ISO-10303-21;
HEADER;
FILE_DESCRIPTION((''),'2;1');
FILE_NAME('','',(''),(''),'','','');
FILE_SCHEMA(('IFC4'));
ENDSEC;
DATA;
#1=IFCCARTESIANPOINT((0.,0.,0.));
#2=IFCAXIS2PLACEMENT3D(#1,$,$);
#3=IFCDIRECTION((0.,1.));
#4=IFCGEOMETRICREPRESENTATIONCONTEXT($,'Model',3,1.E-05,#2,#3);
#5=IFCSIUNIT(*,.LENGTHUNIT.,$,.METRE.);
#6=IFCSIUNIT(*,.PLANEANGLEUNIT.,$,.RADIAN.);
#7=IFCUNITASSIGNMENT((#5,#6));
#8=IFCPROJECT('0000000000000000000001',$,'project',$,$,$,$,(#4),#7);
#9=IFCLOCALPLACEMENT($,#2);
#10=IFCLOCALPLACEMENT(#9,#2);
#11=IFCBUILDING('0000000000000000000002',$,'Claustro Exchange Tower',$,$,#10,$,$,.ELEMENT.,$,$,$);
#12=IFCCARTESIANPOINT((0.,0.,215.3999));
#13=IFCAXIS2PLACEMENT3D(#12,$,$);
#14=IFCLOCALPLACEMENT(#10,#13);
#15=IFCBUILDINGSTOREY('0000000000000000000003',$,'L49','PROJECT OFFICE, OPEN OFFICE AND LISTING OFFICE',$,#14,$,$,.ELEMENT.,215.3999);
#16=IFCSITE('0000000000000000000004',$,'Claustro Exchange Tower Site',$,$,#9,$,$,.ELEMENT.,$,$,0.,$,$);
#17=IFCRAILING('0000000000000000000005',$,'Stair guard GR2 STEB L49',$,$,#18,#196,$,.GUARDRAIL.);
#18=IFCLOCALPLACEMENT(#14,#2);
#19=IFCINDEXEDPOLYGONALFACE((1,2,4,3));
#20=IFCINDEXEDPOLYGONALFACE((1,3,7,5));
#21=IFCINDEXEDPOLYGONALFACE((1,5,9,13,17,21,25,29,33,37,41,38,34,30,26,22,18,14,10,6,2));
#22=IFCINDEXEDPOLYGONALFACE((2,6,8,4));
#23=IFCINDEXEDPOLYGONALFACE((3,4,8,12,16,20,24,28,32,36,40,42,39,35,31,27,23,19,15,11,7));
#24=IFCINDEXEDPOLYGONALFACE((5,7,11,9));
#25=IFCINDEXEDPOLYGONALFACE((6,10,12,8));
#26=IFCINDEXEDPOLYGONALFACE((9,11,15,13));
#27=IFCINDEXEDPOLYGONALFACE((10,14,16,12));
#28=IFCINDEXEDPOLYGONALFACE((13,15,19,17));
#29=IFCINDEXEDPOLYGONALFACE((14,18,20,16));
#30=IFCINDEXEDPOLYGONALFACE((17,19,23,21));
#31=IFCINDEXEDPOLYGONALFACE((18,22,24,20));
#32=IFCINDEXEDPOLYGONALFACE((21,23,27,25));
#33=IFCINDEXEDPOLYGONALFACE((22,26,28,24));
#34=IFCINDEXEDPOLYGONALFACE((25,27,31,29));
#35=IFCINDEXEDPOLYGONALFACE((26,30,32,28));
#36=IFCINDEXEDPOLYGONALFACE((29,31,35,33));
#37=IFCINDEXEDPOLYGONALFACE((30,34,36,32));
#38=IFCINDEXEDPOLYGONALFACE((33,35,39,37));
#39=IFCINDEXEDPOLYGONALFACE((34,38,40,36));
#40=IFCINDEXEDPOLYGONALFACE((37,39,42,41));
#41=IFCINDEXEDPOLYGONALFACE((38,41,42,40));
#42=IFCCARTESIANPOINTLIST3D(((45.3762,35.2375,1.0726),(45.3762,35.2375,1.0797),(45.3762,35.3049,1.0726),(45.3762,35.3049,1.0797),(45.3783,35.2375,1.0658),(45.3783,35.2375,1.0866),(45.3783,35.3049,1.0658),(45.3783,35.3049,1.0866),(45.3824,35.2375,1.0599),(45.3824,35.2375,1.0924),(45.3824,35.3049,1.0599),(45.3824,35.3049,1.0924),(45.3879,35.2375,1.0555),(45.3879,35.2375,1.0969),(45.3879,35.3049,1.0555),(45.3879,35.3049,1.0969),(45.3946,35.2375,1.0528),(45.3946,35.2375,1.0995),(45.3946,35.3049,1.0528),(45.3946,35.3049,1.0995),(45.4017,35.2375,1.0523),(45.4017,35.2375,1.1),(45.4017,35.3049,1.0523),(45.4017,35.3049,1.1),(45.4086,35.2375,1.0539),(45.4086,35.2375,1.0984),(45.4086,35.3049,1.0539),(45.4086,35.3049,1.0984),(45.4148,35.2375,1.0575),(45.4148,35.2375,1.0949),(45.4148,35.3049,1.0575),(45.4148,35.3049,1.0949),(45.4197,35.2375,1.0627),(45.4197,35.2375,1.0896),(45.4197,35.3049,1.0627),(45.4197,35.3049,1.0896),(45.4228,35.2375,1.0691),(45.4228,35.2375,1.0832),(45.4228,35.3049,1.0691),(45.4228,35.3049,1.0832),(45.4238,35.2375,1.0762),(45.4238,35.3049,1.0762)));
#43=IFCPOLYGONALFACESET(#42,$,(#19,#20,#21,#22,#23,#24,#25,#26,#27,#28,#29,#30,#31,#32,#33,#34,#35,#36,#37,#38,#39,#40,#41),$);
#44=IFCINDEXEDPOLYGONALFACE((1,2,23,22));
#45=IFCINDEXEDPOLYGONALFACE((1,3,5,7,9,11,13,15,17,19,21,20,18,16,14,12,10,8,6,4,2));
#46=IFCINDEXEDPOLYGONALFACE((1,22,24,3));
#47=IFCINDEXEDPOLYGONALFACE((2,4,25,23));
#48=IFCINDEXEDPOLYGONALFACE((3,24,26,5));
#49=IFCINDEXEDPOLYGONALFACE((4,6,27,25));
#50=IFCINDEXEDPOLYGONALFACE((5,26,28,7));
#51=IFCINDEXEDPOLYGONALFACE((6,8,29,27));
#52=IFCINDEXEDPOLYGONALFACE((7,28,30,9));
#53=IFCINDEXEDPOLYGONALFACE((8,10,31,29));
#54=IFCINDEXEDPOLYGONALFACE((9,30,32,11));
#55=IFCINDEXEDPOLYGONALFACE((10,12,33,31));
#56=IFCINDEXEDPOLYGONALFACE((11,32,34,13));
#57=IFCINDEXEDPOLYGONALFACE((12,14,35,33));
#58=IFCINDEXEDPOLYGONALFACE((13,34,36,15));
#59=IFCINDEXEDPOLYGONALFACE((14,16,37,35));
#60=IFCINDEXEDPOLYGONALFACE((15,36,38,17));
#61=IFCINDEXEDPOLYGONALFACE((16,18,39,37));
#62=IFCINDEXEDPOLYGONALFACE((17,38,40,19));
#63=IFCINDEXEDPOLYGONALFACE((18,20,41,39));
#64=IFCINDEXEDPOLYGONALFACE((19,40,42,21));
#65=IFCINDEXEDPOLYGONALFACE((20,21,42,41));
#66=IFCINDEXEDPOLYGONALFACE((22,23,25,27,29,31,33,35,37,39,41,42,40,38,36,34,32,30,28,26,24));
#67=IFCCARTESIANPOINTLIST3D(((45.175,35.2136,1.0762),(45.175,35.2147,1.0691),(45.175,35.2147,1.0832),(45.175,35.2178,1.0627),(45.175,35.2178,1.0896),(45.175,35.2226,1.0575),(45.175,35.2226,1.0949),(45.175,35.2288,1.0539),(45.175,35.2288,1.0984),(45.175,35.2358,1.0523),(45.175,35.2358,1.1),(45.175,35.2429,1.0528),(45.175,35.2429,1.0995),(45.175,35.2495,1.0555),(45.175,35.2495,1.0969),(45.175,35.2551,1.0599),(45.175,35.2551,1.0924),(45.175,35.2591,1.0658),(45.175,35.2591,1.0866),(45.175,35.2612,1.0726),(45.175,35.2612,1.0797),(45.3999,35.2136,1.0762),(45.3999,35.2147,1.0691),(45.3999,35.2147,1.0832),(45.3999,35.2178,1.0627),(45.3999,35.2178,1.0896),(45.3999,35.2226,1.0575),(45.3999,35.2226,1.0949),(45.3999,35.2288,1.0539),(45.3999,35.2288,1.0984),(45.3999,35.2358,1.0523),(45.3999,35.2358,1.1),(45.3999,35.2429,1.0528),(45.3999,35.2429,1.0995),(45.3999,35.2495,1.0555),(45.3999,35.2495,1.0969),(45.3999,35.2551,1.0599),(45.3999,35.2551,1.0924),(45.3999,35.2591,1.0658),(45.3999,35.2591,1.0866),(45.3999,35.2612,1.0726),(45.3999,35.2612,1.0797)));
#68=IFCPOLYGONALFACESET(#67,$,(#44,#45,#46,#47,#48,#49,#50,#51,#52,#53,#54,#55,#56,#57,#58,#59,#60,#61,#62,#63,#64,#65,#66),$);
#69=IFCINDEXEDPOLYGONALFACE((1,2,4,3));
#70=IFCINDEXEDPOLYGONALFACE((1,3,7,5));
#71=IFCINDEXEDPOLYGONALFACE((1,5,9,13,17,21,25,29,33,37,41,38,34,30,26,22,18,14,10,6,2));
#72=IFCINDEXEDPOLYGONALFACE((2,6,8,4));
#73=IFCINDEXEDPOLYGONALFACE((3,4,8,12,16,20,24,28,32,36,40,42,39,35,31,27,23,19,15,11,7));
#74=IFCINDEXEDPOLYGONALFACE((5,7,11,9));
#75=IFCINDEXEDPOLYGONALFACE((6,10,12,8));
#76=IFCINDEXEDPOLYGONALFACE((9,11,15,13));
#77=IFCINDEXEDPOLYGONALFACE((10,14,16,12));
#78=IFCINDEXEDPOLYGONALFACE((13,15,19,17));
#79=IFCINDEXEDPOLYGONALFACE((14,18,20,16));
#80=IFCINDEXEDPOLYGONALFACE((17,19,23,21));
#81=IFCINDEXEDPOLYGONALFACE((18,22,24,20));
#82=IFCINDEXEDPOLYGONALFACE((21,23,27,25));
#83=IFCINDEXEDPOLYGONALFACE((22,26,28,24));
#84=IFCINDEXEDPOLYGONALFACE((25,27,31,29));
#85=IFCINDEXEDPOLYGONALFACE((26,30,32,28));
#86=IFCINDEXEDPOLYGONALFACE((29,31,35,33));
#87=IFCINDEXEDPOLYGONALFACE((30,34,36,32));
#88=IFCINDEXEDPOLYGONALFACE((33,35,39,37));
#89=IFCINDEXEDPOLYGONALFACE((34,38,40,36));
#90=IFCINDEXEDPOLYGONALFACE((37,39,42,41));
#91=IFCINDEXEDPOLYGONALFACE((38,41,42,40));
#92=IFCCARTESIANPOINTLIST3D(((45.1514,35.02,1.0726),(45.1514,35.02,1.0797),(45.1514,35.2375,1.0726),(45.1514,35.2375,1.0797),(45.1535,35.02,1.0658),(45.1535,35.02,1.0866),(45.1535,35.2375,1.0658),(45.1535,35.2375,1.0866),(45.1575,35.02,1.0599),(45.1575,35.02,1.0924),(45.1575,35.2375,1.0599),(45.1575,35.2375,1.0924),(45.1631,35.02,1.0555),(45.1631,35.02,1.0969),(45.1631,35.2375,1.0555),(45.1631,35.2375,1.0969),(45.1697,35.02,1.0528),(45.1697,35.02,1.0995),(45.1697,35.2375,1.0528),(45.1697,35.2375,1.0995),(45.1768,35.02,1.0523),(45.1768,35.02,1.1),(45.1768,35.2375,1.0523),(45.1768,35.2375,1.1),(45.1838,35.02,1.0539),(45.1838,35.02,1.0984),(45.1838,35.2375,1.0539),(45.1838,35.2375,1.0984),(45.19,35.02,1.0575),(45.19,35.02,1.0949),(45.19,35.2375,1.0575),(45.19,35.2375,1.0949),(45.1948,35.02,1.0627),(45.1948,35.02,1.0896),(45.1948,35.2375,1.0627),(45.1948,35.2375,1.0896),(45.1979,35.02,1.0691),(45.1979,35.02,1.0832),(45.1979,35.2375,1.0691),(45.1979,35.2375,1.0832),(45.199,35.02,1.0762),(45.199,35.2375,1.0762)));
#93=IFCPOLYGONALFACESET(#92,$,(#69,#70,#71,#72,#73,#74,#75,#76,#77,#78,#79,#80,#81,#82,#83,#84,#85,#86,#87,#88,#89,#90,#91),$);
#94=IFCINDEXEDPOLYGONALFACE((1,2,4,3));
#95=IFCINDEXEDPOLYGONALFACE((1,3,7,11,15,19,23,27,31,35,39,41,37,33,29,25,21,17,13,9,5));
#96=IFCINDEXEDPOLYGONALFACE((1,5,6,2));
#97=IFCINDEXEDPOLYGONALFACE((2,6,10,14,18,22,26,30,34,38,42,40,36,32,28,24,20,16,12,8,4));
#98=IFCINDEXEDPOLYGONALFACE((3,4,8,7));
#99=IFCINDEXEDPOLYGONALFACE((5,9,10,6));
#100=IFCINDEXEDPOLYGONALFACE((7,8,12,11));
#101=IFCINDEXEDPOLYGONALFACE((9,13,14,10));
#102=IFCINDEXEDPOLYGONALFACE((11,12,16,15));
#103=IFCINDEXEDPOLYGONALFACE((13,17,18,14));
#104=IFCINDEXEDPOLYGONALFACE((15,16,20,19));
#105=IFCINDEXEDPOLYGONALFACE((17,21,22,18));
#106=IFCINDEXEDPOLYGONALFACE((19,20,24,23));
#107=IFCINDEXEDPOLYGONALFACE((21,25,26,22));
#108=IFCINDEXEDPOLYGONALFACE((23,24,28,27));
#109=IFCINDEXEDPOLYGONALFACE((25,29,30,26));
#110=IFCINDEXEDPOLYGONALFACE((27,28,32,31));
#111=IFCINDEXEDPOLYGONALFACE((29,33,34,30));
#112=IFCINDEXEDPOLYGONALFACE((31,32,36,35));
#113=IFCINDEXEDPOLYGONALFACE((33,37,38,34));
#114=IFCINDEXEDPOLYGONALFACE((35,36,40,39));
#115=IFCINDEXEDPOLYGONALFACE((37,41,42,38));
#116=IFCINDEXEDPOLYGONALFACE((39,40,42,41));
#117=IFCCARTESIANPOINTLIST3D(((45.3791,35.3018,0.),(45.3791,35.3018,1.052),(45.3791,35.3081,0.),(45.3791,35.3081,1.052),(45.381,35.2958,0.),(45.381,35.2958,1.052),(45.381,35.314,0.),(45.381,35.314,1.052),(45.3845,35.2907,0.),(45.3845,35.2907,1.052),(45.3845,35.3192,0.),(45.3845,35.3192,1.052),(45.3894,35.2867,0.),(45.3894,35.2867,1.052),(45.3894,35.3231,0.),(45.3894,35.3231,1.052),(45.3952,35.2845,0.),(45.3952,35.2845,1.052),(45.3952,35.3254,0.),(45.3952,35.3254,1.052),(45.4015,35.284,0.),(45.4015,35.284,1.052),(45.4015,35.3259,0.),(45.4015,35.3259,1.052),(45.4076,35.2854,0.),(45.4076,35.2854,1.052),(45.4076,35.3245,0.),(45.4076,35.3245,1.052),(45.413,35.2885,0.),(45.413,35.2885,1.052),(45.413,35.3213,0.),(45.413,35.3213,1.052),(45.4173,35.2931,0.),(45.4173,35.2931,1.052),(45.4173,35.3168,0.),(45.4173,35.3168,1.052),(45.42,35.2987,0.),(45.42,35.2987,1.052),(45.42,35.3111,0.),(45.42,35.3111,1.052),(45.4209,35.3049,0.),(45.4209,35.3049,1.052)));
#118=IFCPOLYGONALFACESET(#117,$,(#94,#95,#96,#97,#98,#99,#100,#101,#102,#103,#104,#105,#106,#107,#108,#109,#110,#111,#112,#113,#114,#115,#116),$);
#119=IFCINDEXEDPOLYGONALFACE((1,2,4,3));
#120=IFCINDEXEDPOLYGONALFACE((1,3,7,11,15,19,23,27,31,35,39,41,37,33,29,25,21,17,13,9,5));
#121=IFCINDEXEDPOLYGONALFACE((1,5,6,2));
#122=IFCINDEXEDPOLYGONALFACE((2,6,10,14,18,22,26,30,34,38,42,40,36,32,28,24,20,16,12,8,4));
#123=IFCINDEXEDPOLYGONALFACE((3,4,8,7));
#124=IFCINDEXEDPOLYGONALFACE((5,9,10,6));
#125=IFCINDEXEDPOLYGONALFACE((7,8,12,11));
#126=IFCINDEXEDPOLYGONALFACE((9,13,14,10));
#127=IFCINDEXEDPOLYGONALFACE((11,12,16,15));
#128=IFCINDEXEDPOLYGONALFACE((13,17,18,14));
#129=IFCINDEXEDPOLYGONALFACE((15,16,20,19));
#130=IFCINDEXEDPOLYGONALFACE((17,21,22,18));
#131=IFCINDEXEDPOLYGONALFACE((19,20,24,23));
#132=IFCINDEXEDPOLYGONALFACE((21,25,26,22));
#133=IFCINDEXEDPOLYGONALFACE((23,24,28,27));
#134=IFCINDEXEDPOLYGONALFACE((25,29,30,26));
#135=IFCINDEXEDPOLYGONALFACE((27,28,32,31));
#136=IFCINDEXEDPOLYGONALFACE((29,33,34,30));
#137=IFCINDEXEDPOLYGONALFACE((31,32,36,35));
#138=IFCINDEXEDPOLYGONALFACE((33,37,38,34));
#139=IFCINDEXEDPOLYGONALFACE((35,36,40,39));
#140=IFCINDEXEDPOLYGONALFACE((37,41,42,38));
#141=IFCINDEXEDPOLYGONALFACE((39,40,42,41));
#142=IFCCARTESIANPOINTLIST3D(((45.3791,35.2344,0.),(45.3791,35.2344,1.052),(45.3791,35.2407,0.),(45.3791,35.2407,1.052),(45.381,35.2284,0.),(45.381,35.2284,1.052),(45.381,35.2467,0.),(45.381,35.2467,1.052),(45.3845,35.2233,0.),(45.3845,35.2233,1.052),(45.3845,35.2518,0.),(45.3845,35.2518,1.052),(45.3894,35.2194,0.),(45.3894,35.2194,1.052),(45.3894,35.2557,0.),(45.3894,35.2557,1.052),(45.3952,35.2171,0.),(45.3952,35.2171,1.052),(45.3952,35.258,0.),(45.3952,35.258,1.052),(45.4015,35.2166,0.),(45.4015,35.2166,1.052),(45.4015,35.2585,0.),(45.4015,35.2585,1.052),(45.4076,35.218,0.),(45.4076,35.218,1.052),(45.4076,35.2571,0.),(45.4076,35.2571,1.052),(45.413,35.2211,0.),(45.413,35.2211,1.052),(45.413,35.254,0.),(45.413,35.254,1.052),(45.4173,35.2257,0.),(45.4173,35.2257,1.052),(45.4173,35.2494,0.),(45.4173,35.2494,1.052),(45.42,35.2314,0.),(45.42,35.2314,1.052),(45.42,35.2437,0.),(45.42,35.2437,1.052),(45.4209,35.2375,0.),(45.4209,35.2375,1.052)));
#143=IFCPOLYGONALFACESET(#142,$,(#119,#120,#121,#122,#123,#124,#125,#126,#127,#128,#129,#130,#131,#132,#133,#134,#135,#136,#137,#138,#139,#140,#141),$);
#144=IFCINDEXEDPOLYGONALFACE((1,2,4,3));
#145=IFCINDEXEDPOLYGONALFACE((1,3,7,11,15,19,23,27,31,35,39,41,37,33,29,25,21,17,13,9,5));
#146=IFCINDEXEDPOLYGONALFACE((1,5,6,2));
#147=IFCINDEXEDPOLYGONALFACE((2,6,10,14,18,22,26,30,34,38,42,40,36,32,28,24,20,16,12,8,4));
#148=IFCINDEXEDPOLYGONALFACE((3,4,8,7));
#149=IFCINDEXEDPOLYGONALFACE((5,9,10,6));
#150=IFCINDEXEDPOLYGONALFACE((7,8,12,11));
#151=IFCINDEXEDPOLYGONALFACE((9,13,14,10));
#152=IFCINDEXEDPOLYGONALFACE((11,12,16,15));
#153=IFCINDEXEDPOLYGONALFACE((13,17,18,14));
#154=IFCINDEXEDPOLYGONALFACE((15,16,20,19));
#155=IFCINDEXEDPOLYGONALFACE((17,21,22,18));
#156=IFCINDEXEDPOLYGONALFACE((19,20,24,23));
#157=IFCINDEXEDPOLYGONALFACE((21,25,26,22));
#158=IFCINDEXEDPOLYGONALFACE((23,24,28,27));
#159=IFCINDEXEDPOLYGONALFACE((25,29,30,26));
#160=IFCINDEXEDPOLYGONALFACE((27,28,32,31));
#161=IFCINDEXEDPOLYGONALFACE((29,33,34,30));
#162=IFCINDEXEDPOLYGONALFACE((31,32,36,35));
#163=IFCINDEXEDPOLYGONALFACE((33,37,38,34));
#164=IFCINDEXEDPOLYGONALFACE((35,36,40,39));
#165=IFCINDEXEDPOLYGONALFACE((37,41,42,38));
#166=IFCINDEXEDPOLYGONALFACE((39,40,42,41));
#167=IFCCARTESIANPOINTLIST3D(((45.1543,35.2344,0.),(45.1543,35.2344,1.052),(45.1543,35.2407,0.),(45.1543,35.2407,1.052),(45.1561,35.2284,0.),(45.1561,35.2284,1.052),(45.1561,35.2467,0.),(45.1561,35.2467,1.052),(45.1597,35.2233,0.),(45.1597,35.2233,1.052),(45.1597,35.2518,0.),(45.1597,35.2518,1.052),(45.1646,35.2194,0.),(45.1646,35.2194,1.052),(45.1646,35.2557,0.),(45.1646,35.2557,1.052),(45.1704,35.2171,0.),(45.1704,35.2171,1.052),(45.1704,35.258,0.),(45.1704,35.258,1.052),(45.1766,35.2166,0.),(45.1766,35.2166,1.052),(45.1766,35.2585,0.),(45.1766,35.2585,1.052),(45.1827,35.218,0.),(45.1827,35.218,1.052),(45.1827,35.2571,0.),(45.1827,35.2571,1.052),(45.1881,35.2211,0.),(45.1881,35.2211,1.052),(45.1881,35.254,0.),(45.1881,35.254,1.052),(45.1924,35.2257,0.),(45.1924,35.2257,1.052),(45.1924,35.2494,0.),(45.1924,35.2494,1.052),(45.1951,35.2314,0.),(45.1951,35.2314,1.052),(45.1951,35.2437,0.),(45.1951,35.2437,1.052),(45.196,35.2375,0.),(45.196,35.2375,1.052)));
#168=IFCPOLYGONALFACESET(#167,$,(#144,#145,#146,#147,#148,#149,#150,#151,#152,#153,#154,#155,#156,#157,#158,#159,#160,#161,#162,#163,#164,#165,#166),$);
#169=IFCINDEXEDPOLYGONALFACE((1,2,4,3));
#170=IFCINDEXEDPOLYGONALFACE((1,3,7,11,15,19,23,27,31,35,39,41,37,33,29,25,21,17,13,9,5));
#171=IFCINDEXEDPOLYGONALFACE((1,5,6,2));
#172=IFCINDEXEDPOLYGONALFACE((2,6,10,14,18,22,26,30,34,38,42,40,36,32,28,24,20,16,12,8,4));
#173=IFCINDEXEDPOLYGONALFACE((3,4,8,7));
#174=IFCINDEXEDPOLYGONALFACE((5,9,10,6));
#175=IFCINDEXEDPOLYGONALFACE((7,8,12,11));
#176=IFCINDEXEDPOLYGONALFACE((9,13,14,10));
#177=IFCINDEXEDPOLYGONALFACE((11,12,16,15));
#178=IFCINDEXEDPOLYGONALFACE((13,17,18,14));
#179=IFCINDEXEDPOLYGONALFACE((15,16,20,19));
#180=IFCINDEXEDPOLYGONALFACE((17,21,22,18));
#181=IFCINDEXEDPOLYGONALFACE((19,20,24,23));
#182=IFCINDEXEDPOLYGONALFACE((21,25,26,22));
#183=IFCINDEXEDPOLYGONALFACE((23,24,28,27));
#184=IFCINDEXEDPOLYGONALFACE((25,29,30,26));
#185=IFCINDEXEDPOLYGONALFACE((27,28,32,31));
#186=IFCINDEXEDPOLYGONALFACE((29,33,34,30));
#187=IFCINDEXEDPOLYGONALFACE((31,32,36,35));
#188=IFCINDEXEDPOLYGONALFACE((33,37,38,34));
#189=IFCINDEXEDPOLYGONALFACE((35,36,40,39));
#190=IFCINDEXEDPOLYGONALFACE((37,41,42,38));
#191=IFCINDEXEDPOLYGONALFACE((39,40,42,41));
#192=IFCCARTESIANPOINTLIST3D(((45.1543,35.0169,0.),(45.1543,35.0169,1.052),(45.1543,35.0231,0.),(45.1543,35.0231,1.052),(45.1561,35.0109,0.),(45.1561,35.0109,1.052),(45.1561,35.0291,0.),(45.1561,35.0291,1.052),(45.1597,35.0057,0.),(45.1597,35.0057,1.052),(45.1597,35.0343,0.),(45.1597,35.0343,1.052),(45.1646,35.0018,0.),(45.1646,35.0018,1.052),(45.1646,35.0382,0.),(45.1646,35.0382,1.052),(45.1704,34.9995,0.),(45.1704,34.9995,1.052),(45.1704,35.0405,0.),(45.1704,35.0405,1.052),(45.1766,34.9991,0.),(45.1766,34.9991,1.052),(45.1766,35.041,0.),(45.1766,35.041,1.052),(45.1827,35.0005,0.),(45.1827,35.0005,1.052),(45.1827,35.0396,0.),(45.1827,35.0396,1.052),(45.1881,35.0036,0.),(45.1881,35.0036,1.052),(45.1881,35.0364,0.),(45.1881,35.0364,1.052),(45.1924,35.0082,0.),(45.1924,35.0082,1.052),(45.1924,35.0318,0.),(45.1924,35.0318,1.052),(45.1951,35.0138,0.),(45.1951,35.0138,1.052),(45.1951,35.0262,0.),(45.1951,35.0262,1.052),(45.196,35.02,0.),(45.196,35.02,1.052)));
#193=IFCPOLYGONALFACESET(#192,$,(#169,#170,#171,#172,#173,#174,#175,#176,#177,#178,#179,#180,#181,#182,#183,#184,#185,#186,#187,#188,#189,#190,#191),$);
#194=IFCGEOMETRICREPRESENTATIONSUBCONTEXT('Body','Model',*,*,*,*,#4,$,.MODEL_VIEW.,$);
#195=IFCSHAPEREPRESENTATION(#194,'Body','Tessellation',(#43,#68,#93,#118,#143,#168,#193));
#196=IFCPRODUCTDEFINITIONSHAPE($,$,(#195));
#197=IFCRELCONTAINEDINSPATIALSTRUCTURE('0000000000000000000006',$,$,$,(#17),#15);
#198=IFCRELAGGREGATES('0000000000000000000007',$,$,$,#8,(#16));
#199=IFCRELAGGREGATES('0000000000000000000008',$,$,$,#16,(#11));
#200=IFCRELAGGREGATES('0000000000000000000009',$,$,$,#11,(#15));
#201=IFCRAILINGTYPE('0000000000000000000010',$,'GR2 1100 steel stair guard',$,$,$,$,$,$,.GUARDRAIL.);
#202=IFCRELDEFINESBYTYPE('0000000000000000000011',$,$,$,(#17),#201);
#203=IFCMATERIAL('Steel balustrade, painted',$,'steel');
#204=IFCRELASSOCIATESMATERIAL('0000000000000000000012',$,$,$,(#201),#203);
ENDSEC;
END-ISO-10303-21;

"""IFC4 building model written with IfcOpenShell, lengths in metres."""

from ifc_helpers import new_model, si_unit, direction, frame, origin, origin_2d, place, context, subcontext, project, spatial, circle, extrude, material, type_object, element, save


model = new_model("IFC4")

# Units and contexts
model_context = context("Model", 3, precision=1e-05, world=origin(), true_north=direction((0.0, 1.0)))
body_context = subcontext(model_context, "Body", "Model", "MODEL_VIEW")
ifc_project = project(units=[si_unit("LENGTHUNIT", "METRE"), si_unit("PLANEANGLEUNIT", "RADIAN")], contexts=[model_context])

# Site, building, storey
site_placement = place(None, origin())
site = spatial("IfcSite", under=ifc_project, at=site_placement, Name="Claustro Exchange Tower Site", CompositionType="ELEMENT", RefElevation=0.0)
building_placement = place(site_placement, origin())
building = spatial("IfcBuilding", under=site, at=building_placement, Name="Claustro Exchange Tower", CompositionType="ELEMENT")
storey_placement = place(building_placement, frame((0.0, 0.0, 215.3999)))
storey = spatial("IfcBuildingStorey", under=building, at=storey_placement, Name="L49", Description="PROJECT OFFICE, OPEN OFFICE AND LISTING OFFICE", CompositionType="ELEMENT", Elevation=215.3999)

# Railing
ifc_material_1 = material(Name="Steel balustrade, painted", Category="steel")
railing_type_1 = type_object("IfcRailingType", Name="GR2 1100 steel stair guard", PredefinedType="GUARDRAIL", material=ifc_material_1)
railing_1_placement = place(storey_placement, frame((45.3999, 35.3049, 0.0)))
element("IfcRailing", 1, at=railing_1_placement, inside=storey, type_object=railing_type_1, Name="Stair guard GR2 STEB L49", PredefinedType="GUARDRAIL", context=body_context, shape_type="SweptSolid", body=[
    extrude(circle(Radius=0.0239, at=origin_2d()), frame((0.0, 0.0, 1.0762), z_axis=(0.0, -1.0, 0.0), x_axis=(1.0, 0.0, 0.0)), (0.0, 0.0, 1.0), 0.0674),
    extrude(circle(Radius=0.0239, at=origin_2d()), frame((0.0, -0.0674, 1.0762), z_axis=(-1.0, 0.0, 0.0), x_axis=(0.0, -1.0, 0.0)), (0.0, 0.0, 1.0), 0.2249),
    extrude(circle(Radius=0.0239, at=origin_2d()), frame((-0.2249, -0.0674, 1.0762), z_axis=(0.0, -1.0, 0.0), x_axis=(1.0, 0.0, 0.0)), (0.0, 0.0, 1.0), 0.2175),
    extrude(circle(Radius=0.021, at=origin_2d()), origin(), (0.0, 0.0, 1.0), 1.052),
    extrude(circle(Radius=0.021, at=origin_2d()), frame((0.0, -0.0674, 0.0)), (0.0, 0.0, 1.0), 1.052),
    extrude(circle(Radius=0.021, at=origin_2d()), frame((-0.2249, -0.0674, 0.0)), (0.0, 0.0, 1.0), 1.052),
    extrude(circle(Radius=0.021, at=origin_2d()), frame((-0.2249, -0.2849, 0.0)), (0.0, 0.0, 1.0), 1.052),
])

save(model, "model.ifc")
